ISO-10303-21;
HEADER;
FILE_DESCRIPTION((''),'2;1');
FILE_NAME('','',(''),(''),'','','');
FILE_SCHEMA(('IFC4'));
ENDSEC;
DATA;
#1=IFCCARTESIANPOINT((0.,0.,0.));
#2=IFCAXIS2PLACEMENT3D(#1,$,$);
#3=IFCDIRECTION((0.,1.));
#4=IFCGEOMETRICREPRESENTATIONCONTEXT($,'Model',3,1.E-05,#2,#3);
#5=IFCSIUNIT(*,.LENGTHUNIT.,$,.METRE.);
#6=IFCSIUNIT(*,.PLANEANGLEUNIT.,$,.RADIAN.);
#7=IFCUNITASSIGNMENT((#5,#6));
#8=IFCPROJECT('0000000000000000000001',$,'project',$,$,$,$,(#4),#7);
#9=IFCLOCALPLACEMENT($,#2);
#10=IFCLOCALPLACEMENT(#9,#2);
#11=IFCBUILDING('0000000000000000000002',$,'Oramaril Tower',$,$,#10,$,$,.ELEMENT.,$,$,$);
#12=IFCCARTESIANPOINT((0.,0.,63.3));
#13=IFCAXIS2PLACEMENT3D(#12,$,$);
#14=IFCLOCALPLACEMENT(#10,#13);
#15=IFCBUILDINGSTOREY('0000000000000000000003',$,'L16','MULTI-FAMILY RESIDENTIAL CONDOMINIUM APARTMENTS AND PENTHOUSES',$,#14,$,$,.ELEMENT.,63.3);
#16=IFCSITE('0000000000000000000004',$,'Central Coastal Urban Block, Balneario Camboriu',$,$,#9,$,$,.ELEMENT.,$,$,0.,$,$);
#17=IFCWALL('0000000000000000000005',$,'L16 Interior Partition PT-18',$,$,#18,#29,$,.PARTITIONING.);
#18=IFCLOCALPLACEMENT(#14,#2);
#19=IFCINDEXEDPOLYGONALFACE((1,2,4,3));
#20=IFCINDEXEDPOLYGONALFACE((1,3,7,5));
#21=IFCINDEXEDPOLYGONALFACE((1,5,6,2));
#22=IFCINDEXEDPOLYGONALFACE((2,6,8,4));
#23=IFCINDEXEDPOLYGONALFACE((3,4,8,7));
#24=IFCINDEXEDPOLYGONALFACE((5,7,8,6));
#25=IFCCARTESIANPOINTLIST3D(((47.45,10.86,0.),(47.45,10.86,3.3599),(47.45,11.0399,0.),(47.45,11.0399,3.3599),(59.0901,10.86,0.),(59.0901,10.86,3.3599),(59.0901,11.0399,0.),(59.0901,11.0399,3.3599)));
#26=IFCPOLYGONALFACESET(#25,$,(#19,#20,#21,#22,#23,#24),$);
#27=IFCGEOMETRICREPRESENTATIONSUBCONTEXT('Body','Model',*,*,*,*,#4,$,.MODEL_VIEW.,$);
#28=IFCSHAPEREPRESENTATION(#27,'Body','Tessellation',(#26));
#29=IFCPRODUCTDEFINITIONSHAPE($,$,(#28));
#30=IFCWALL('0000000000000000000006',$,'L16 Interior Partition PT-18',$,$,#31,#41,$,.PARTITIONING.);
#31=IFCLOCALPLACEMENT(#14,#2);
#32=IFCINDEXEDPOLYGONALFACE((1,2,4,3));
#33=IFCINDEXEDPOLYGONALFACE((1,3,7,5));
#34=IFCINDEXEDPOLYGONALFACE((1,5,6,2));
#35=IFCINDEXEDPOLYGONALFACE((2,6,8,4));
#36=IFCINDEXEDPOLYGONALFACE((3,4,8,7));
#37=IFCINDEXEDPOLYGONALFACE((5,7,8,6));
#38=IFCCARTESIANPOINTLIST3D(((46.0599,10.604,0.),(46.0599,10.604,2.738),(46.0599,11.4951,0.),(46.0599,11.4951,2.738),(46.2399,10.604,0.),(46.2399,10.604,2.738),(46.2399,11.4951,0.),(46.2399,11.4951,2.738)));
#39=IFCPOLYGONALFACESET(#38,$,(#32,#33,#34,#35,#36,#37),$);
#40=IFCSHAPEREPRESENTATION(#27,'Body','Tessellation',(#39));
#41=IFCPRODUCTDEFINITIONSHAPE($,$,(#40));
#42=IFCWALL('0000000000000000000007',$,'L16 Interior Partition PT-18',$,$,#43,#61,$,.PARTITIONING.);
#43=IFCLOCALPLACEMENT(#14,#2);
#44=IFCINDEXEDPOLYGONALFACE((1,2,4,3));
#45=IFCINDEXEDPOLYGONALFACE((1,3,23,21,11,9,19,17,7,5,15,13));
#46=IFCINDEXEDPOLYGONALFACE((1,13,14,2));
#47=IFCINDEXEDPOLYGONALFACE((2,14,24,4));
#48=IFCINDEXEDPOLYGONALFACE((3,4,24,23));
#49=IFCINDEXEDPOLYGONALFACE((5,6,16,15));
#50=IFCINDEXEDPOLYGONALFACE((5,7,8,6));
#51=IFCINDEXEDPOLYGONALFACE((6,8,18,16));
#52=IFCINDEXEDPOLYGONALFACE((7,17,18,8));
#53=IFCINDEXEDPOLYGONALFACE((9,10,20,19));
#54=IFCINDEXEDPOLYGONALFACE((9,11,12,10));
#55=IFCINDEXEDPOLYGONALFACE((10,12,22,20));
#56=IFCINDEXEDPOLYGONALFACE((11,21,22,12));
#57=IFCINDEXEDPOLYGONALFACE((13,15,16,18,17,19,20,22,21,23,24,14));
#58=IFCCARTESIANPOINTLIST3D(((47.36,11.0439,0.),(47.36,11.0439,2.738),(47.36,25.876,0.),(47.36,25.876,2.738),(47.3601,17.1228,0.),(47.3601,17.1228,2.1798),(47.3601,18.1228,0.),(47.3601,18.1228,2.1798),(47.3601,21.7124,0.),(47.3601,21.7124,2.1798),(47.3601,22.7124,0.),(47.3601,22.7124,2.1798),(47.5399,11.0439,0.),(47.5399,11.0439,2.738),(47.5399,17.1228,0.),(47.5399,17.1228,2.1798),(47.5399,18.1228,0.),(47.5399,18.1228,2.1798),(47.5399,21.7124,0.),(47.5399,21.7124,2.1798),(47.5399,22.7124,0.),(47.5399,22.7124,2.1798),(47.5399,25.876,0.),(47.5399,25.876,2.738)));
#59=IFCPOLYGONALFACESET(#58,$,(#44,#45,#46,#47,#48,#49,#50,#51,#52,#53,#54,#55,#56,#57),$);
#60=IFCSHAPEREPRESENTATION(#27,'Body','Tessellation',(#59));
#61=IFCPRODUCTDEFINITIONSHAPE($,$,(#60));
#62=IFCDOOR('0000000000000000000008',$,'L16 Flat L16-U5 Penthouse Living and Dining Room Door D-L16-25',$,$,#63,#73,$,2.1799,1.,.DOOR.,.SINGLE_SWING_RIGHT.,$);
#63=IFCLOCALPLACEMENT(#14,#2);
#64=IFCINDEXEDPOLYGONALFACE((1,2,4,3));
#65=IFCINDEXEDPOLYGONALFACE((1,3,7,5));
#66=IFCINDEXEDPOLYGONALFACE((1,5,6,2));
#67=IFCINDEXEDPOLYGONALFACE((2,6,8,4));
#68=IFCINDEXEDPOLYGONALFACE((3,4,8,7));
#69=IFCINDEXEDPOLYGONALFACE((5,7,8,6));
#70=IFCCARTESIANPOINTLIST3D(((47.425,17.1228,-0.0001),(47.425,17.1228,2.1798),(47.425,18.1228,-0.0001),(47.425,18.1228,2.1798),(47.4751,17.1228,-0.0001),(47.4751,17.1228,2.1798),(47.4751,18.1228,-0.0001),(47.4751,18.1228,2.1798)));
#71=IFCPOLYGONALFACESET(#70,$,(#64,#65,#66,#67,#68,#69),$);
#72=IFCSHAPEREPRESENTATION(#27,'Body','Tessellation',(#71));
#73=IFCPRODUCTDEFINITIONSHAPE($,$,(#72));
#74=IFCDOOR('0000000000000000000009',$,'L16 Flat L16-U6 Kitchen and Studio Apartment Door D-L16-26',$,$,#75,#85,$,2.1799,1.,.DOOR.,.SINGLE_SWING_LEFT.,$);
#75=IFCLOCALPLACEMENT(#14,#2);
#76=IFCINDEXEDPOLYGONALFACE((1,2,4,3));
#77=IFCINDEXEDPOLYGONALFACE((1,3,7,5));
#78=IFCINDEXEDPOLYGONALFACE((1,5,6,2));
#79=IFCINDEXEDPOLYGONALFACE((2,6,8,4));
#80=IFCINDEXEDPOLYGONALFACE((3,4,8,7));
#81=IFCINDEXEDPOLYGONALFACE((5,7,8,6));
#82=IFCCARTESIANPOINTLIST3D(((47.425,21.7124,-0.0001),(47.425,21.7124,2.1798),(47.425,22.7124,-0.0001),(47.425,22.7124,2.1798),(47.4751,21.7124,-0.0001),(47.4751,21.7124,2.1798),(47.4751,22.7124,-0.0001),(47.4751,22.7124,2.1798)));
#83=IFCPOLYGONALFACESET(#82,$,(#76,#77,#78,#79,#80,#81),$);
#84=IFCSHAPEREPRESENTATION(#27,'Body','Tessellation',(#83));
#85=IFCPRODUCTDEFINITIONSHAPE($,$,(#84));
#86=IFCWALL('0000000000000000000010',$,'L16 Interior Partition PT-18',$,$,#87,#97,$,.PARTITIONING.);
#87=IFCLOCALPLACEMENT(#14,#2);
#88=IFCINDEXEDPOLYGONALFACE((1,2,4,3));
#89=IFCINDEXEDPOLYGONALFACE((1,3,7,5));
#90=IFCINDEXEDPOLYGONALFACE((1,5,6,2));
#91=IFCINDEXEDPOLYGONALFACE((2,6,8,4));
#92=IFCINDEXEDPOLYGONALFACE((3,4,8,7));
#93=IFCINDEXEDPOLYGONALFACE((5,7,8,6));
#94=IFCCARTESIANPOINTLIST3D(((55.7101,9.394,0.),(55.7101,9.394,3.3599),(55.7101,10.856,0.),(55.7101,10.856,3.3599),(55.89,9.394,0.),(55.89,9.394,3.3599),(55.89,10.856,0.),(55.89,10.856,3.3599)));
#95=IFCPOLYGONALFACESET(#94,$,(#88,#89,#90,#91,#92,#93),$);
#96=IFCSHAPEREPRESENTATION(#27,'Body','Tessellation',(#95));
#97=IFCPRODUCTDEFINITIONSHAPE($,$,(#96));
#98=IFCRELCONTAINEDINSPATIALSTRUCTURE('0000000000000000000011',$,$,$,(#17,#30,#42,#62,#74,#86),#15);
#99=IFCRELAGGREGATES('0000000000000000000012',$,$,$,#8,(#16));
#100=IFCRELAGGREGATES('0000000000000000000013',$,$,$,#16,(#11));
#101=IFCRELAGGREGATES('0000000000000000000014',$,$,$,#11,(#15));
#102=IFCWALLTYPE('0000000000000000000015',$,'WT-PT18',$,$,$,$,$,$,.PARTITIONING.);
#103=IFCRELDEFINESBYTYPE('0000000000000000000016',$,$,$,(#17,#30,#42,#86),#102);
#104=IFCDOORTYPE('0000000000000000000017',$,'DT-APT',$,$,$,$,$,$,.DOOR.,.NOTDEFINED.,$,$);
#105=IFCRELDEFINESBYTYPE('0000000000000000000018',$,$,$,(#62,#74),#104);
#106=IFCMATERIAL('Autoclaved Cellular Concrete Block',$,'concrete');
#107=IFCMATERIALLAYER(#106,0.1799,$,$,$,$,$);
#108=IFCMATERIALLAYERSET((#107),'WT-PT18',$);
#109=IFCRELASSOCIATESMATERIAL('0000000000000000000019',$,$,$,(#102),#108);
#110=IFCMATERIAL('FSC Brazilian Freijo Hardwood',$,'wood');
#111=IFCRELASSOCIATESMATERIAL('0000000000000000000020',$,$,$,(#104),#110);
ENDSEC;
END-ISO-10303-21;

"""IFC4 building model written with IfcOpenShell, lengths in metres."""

from ifc_helpers import new_model, si_unit, direction, frame, frame_2d, origin, place, context, subcontext, project, spatial, rectangle, extrude, material, layer, layer_set, type_object, element, fill, save


model = new_model("IFC4")

# Units and contexts
model_context = context("Model", 3, precision=1e-05, world=origin(), true_north=direction((0.0, 1.0)))
body_context = subcontext(model_context, "Body", "Model", "MODEL_VIEW")
ifc_project = project(units=[si_unit("LENGTHUNIT", "METRE"), si_unit("PLANEANGLEUNIT", "RADIAN")], contexts=[model_context])

# Site, building, storey
site_placement = place(None, origin())
site = spatial("IfcSite", under=ifc_project, at=site_placement, Name="Central Coastal Urban Block, Balneario Camboriu", CompositionType="ELEMENT", RefElevation=0.0)
building_placement = place(site_placement, origin())
building = spatial("IfcBuilding", under=site, at=building_placement, Name="Oramaril Tower", CompositionType="ELEMENT")
storey_placement = place(building_placement, frame((0.0, 0.0, 63.3)))
storey = spatial("IfcBuildingStorey", under=building, at=storey_placement, Name="L16", Description="MULTI-FAMILY RESIDENTIAL CONDOMINIUM APARTMENTS AND PENTHOUSES", CompositionType="ELEMENT", Elevation=63.3)

# Walls
ifc_material_1 = material(Name="Autoclaved Cellular Concrete Block", Category="concrete")
ifc_layer_1 = layer(ifc_material_1, 0.1799)
ifc_layer_set_1 = layer_set([ifc_layer_1], Name="WT-PT18")
wall_type_1 = type_object("IfcWallType", Name="WT-PT18", PredefinedType="PARTITIONING", material=ifc_layer_set_1)
wall_1_placement = place(storey_placement, frame((47.45, 10.95, 0.0), z_axis=(0.0, 0.0, 1.0), x_axis=(1.0, 0.0, 0.0)))
element("IfcWall", 1, at=wall_1_placement, inside=storey, type_object=wall_type_1, Name="L16 Interior Partition PT-18", PredefinedType="PARTITIONING", context=body_context, shape_type="SweptSolid", body=[
    extrude(rectangle(XDim=11.6401, YDim=0.1799, at=frame_2d((5.8201, 0.0))), origin(), (0.0, 0.0, 1.0), 3.3599),
])
wall_2_placement = place(storey_placement, frame((46.1499, 10.604, 0.0), z_axis=(0.0, 0.0, 1.0), x_axis=(0.0, 1.0, 0.0)))
element("IfcWall", 2, at=wall_2_placement, inside=storey, type_object=wall_type_1, Name="L16 Interior Partition PT-18", PredefinedType="PARTITIONING", context=body_context, shape_type="SweptSolid", body=[
    extrude(rectangle(XDim=0.8911, YDim=0.1799, at=frame_2d((0.4456, 0.0))), origin(), (0.0, 0.0, 1.0), 2.738),
])

# Wall, openings, doors
wall_3_placement = place(storey_placement, frame((47.45, 11.0439, 0.0), z_axis=(0.0, 0.0, 1.0), x_axis=(0.0, 1.0, 0.0)))
wall_3 = element("IfcWall", 3, at=wall_3_placement, inside=storey, type_object=wall_type_1, Name="L16 Interior Partition PT-18", PredefinedType="PARTITIONING", context=body_context, shape_type="SweptSolid", body=[
    extrude(rectangle(XDim=14.832, YDim=0.1799, at=frame_2d((7.416, 0.0))), origin(), (0.0, 0.0, 1.0), 2.738),
])
opening_1_placement = place(wall_3_placement, frame((6.0789, 0.0, 0.0)))
opening_1 = element("IfcOpeningElement", 4, at=opening_1_placement, cuts=wall_3, PredefinedType="OPENING", context=body_context, shape_type="SweptSolid", body=[
    extrude(rectangle(XDim=1.0, YDim=2.1799, at=frame_2d((0.5, 1.0898))), frame((0.0, 0.0898, 0.0), z_axis=(0.0, -1.0, 0.0), x_axis=(1.0, 0.0, 0.0)), (0.0, 0.0, 1.0), 0.1799),
])
opening_2_placement = place(wall_3_placement, frame((10.6685, 0.0, 0.0)))
opening_2 = element("IfcOpeningElement", 5, at=opening_2_placement, cuts=wall_3, PredefinedType="OPENING", context=body_context, shape_type="SweptSolid", body=[
    extrude(rectangle(XDim=1.0, YDim=2.1799, at=frame_2d((0.5, 1.0898))), frame((0.0, 0.0898, 0.0), z_axis=(0.0, -1.0, 0.0), x_axis=(1.0, 0.0, 0.0)), (0.0, 0.0, 1.0), 0.1799),
])
ifc_material_2 = material(Name="FSC Brazilian Freijo Hardwood", Category="wood")
door_type_1 = type_object("IfcDoorType", Name="DT-APT", OperationType="NOTDEFINED", PredefinedType="DOOR", material=ifc_material_2)
door_1_placement = place(opening_1_placement, origin())
door_1 = element("IfcDoor", 6, at=door_1_placement, inside=storey, type_object=door_type_1, Name="L16 Flat L16-U5 Penthouse Living and Dining Room Door D-L16-25", OperationType="SINGLE_SWING_RIGHT", OverallHeight=2.1799, OverallWidth=1.0, PredefinedType="DOOR", context=body_context, shape_type="SweptSolid", body=[
    extrude(rectangle(XDim=1.0, YDim=2.1799, at=frame_2d((0.5, 1.0898))), frame((0.0, 0.0249, 0.0), z_axis=(0.0, -1.0, 0.0), x_axis=(1.0, 0.0, 0.0)), (0.0, 0.0, 1.0), 0.05),
])
fill(opening_1, door_1)
door_2_placement = place(opening_2_placement, origin())
door_2 = element("IfcDoor", 7, at=door_2_placement, inside=storey, type_object=door_type_1, Name="L16 Flat L16-U6 Kitchen and Studio Apartment Door D-L16-26", OperationType="SINGLE_SWING_LEFT", OverallHeight=2.1799, OverallWidth=1.0, PredefinedType="DOOR", context=body_context, shape_type="SweptSolid", body=[
    extrude(rectangle(XDim=1.0, YDim=2.1799, at=frame_2d((0.5, 1.0898))), frame((0.0, 0.0249, 0.0), z_axis=(0.0, -1.0, 0.0), x_axis=(1.0, 0.0, 0.0)), (0.0, 0.0, 1.0), 0.05),
])
fill(opening_2, door_2)

# Wall
wall_4_placement = place(storey_placement, frame((55.8, 9.394, 0.0), z_axis=(0.0, 0.0, 1.0), x_axis=(0.0, 1.0, 0.0)))
element("IfcWall", 8, at=wall_4_placement, inside=storey, type_object=wall_type_1, Name="L16 Interior Partition PT-18", PredefinedType="PARTITIONING", context=body_context, shape_type="SweptSolid", body=[
    extrude(rectangle(XDim=1.4619, YDim=0.1799, at=frame_2d((0.731, 0.0))), origin(), (0.0, 0.0, 1.0), 3.3599),
])

save(model, "model.ifc")
